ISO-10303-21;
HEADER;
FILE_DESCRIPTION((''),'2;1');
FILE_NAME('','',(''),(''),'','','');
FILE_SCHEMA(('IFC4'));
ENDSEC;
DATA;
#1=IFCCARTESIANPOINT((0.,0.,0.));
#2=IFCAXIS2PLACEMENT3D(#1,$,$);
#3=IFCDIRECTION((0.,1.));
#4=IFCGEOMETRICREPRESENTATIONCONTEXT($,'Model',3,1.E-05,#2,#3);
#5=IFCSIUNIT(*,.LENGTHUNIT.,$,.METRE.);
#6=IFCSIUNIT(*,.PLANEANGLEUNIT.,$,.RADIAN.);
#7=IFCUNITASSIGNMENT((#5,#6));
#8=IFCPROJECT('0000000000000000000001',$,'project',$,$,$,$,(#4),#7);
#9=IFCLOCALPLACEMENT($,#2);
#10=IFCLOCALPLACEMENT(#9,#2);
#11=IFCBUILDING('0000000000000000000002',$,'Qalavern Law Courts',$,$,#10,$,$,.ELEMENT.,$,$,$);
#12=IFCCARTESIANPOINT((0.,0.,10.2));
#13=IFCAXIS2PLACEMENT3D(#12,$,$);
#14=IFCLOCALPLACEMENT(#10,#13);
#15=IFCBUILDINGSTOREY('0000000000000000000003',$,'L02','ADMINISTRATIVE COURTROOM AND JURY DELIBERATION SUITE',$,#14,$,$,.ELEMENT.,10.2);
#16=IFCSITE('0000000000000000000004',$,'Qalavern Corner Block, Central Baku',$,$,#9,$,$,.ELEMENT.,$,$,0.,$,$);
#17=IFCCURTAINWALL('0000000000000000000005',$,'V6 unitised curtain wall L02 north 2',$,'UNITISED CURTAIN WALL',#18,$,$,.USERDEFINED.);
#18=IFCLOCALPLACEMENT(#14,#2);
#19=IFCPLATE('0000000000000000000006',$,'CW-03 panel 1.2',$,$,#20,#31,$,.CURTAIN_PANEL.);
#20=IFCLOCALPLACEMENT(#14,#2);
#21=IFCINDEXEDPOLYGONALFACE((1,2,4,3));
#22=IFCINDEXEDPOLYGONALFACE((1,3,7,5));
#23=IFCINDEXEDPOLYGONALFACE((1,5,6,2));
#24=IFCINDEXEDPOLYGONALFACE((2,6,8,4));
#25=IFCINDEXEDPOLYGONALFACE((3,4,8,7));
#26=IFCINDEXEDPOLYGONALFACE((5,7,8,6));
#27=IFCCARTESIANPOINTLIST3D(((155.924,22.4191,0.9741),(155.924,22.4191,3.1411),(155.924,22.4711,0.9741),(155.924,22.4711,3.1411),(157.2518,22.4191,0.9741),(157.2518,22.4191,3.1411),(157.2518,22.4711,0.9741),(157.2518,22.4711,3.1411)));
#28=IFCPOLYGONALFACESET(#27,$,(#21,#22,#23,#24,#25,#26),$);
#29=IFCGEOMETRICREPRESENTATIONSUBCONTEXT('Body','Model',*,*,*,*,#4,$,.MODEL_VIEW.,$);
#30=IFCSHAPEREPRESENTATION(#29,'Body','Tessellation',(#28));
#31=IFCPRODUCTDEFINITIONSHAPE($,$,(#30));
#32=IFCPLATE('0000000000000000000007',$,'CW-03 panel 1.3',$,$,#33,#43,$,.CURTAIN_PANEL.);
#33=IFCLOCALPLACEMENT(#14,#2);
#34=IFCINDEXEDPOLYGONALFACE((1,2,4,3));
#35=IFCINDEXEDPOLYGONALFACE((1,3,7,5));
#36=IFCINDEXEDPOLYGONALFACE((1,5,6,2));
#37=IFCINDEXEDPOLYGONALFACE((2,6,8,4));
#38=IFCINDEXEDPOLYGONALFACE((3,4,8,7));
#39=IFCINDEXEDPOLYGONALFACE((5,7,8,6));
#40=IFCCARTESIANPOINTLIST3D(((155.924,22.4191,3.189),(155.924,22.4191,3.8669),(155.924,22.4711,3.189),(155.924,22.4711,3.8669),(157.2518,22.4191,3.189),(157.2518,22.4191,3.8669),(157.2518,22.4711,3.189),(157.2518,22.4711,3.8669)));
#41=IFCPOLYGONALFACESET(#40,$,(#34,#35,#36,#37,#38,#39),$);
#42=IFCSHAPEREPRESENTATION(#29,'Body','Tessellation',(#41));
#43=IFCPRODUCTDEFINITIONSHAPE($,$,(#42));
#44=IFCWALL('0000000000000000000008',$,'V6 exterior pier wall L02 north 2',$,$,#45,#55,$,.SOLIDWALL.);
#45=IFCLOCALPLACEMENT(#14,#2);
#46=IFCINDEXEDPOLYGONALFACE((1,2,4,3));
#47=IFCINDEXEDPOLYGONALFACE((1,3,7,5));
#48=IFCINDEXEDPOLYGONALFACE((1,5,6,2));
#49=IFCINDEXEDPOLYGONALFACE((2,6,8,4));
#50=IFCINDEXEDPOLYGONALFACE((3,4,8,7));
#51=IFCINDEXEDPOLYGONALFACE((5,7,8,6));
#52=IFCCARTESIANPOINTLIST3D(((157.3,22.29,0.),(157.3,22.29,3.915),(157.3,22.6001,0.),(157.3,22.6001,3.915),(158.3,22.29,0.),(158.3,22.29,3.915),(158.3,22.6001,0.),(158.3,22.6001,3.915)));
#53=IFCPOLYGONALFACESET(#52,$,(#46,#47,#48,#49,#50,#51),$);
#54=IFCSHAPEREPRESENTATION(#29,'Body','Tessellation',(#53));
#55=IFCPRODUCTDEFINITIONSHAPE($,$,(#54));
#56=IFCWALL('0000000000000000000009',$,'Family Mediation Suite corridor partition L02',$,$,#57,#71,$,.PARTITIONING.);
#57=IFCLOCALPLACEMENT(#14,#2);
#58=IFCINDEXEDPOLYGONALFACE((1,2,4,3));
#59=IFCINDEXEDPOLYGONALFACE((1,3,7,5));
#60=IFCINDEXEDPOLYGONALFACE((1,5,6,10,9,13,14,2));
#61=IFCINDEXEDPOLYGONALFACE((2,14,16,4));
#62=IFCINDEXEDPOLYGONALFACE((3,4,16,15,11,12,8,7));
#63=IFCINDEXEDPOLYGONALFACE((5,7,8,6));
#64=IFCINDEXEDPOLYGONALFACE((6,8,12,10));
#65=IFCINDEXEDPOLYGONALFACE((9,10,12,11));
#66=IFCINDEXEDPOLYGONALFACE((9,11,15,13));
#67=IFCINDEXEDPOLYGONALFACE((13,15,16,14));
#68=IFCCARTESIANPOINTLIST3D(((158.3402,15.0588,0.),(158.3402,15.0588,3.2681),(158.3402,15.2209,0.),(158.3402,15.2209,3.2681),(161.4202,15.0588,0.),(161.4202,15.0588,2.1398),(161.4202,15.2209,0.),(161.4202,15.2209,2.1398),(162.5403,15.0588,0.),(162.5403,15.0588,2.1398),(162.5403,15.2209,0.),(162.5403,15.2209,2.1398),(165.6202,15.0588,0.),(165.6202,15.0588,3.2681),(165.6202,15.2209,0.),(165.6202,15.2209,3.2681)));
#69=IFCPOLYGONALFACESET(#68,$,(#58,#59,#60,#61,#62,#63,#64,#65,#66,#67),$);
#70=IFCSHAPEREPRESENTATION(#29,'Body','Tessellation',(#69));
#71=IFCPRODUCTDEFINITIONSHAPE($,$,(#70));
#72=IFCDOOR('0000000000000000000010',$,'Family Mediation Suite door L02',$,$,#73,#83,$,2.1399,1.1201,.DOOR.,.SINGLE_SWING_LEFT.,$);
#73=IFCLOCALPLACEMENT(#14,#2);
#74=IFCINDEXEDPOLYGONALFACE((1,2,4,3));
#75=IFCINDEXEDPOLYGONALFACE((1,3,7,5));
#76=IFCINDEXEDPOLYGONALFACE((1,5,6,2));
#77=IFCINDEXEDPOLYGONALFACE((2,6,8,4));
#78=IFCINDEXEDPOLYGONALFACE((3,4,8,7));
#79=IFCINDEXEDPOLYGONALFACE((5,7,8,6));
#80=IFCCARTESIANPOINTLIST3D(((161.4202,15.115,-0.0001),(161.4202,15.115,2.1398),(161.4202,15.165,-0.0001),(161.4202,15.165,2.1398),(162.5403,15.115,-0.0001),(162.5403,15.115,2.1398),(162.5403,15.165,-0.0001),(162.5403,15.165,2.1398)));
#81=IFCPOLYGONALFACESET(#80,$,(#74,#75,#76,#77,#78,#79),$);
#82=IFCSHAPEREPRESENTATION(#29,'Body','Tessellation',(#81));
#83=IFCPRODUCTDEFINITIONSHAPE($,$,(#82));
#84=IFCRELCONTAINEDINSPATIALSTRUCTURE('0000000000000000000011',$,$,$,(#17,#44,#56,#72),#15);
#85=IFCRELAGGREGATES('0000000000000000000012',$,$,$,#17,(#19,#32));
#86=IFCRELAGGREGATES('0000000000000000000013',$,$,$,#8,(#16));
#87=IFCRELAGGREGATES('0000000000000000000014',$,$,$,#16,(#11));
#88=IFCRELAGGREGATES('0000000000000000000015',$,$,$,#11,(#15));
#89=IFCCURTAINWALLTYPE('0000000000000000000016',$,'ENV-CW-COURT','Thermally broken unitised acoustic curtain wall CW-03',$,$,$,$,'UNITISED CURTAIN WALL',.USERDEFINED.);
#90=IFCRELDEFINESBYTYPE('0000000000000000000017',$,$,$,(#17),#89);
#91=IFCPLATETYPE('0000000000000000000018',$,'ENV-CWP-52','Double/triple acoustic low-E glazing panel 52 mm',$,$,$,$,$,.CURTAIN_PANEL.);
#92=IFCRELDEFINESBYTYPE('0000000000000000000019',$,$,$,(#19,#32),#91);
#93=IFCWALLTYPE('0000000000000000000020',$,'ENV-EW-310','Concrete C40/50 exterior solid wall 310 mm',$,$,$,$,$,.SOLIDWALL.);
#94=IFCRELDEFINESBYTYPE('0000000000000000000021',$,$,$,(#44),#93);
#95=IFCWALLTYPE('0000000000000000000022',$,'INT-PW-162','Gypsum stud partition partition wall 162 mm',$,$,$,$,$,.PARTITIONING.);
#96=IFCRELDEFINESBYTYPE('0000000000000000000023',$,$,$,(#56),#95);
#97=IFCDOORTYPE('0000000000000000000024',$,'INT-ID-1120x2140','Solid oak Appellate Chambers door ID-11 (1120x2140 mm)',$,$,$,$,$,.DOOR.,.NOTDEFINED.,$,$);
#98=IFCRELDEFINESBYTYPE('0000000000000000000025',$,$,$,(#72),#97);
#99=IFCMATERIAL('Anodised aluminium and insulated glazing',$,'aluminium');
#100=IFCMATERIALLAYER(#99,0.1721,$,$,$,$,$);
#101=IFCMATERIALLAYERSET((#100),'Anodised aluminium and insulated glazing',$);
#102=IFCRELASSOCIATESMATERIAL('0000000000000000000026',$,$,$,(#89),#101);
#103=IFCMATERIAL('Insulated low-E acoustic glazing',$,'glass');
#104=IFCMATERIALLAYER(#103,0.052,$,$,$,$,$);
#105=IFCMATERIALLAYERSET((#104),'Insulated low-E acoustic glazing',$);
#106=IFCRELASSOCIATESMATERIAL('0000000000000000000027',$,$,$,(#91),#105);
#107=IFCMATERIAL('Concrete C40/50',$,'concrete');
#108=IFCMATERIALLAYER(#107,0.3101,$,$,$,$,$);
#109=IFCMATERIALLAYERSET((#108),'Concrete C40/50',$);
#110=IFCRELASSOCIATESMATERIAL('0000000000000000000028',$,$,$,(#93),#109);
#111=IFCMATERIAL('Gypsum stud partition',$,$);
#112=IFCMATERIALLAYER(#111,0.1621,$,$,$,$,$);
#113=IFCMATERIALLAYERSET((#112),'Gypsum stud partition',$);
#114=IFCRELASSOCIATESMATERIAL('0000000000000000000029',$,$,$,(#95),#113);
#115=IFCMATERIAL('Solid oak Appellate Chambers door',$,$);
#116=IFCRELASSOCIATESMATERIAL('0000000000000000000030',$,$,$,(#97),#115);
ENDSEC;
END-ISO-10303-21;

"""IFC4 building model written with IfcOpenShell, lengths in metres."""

from ifc_helpers import new_model, si_unit, direction, frame, frame_2d, origin, origin_2d, place, context, subcontext, project, spatial, rectangle, extrude, material, layer, layer_set, type_object, element, fill, aggregate, save


model = new_model("IFC4")

# Units and contexts
model_context = context("Model", 3, precision=1e-05, world=origin(), true_north=direction((0.0, 1.0)))
body_context = subcontext(model_context, "Body", "Model", "MODEL_VIEW")
ifc_project = project(units=[si_unit("LENGTHUNIT", "METRE"), si_unit("PLANEANGLEUNIT", "RADIAN")], contexts=[model_context])

# Site, building, storey
site_placement = place(None, origin())
site = spatial("IfcSite", under=ifc_project, at=site_placement, Name="Qalavern Corner Block, Central Baku", CompositionType="ELEMENT", RefElevation=0.0)
building_placement = place(site_placement, origin())
building = spatial("IfcBuilding", under=site, at=building_placement, Name="Qalavern Law Courts", CompositionType="ELEMENT")
storey_placement = place(building_placement, frame((0.0, 0.0, 10.2)))
storey = spatial("IfcBuildingStorey", under=building, at=storey_placement, Name="L02", Description="ADMINISTRATIVE COURTROOM AND JURY DELIBERATION SUITE", CompositionType="ELEMENT", Elevation=10.2)

# Curtain wall
ifc_material_1 = material(Name="Anodised aluminium and insulated glazing", Category="aluminium")
ifc_layer_1 = layer(ifc_material_1, 0.1721)
ifc_layer_set_1 = layer_set([ifc_layer_1], Name="Anodised aluminium and insulated glazing")
curtain_wall_type = type_object("IfcCurtainWallType", Name="ENV-CW-COURT", Description="Thermally broken unitised acoustic curtain wall CW-03", ElementType="UNITISED CURTAIN WALL", PredefinedType="USERDEFINED", material=ifc_layer_set_1)
curtain_wall_1_placement = place(storey_placement, origin())
curtain_wall_1 = element("IfcCurtainWall", 1, at=curtain_wall_1_placement, inside=storey, type_object=curtain_wall_type, Name="V6 unitised curtain wall L02 north 2", ObjectType="UNITISED CURTAIN WALL", PredefinedType="USERDEFINED")

# Shared definitions
ifc_material_2 = material(Name="Concrete C40/50", Category="concrete")

# Plates
ifc_material_3 = material(Name="Insulated low-E acoustic glazing", Category="glass")
ifc_layer_2 = layer(ifc_material_3, 0.052)
ifc_layer_set_2 = layer_set([ifc_layer_2], Name="Insulated low-E acoustic glazing")
plate_type_1 = type_object("IfcPlateType", Name="ENV-CWP-52", Description="Double/triple acoustic low-E glazing panel 52 mm", PredefinedType="CURTAIN_PANEL", material=ifc_layer_set_2)
plate_1_placement = place(storey_placement, frame((156.5879, 22.4451, 0.9741), z_axis=(0.0, 0.0, 1.0), x_axis=(-1.0, 0.0, 0.0)))
plate_1 = element("IfcPlate", 2, at=plate_1_placement, type_object=plate_type_1, Name="CW-03 panel 1.2", PredefinedType="CURTAIN_PANEL", context=body_context, shape_type="SweptSolid", body=[
    extrude(rectangle(XDim=1.3279, YDim=0.052, at=origin_2d()), origin(), (0.0, 0.0, 1.0), 2.167),
])
plate_2_placement = place(storey_placement, frame((156.5879, 22.4451, 3.189), z_axis=(0.0, 0.0, 1.0), x_axis=(-1.0, 0.0, 0.0)))
plate_2 = element("IfcPlate", 3, at=plate_2_placement, type_object=plate_type_1, Name="CW-03 panel 1.3", PredefinedType="CURTAIN_PANEL", context=body_context, shape_type="SweptSolid", body=[
    extrude(rectangle(XDim=1.3279, YDim=0.052, at=origin_2d()), origin(), (0.0, 0.0, 1.0), 0.678),
])
aggregate(curtain_wall_1, [plate_1, plate_2])

# Wall
ifc_layer_3 = layer(ifc_material_2, 0.3101)
ifc_layer_set_3 = layer_set([ifc_layer_3], Name="Concrete C40/50")
wall_type_1 = type_object("IfcWallType", Name="ENV-EW-310", Description="Concrete C40/50 exterior solid wall 310 mm", PredefinedType="SOLIDWALL", material=ifc_layer_set_3)
wall_1_placement = place(storey_placement, frame((158.3, 22.4451, 0.0), z_axis=(0.0, 0.0, 1.0), x_axis=(-1.0, 0.0, 0.0)))
element("IfcWall", 4, at=wall_1_placement, inside=storey, type_object=wall_type_1, Name="V6 exterior pier wall L02 north 2", PredefinedType="SOLIDWALL", context=body_context, shape_type="SweptSolid", body=[
    extrude(rectangle(XDim=1.0, YDim=0.3101, at=frame_2d((0.5, 0.0))), origin(), (0.0, 0.0, 1.0), 3.915),
])

# Wall, opening, door
ifc_material_4 = material(Name="Gypsum stud partition")
ifc_layer_4 = layer(ifc_material_4, 0.1621)
ifc_layer_set_4 = layer_set([ifc_layer_4], Name="Gypsum stud partition")
wall_type_2 = type_object("IfcWallType", Name="INT-PW-162", Description="Gypsum stud partition partition wall 162 mm", PredefinedType="PARTITIONING", material=ifc_layer_set_4)
wall_2_placement = place(storey_placement, frame((158.3401, 15.1399, 0.0), z_axis=(0.0, 0.0, 1.0), x_axis=(1.0, 0.0, 0.0)))
wall_2 = element("IfcWall", 5, at=wall_2_placement, inside=storey, type_object=wall_type_2, Name="Family Mediation Suite corridor partition L02", PredefinedType="PARTITIONING", context=body_context, shape_type="SweptSolid", body=[
    extrude(rectangle(XDim=7.28, YDim=0.1621, at=frame_2d((3.6401, 0.0))), origin(), (0.0, 0.0, 1.0), 3.2681),
])
opening_placement = place(wall_2_placement, frame((3.0801, 0.0, 0.0)))
opening = element("IfcOpeningElement", 6, at=opening_placement, cuts=wall_2, PredefinedType="OPENING", context=body_context, shape_type="SweptSolid", body=[
    extrude(rectangle(XDim=1.1201, YDim=2.1399, at=frame_2d((0.5601, 1.0698))), frame((0.0, 0.0959, 0.0), z_axis=(0.0, -1.0, 0.0), x_axis=(1.0, 0.0, 0.0)), (0.0, 0.0, 1.0), 0.1919),
])
ifc_material_5 = material(Name="Solid oak Appellate Chambers door")
door_type = type_object("IfcDoorType", Name="INT-ID-1120x2140", Description="Solid oak Appellate Chambers door ID-11 (1120x2140 mm)", OperationType="NOTDEFINED", PredefinedType="DOOR", material=ifc_material_5)
door_placement = place(opening_placement, frame((1.1201, 0.0, 0.0), z_axis=(0.0, 0.0, 1.0), x_axis=(-1.0, 0.0, 0.0)))
door = element("IfcDoor", 7, at=door_placement, inside=storey, type_object=door_type, Name="Family Mediation Suite door L02", OperationType="SINGLE_SWING_LEFT", OverallHeight=2.1399, OverallWidth=1.1201, PredefinedType="DOOR", context=body_context, shape_type="SweptSolid", body=[
    extrude(rectangle(XDim=1.1201, YDim=2.1399, at=frame_2d((0.5601, 1.0698))), frame((0.0, 0.0249, 0.0), z_axis=(0.0, -1.0, 0.0), x_axis=(1.0, 0.0, 0.0)), (0.0, 0.0, 1.0), 0.05),
])
fill(opening, door)

save(model, "model.ifc")
